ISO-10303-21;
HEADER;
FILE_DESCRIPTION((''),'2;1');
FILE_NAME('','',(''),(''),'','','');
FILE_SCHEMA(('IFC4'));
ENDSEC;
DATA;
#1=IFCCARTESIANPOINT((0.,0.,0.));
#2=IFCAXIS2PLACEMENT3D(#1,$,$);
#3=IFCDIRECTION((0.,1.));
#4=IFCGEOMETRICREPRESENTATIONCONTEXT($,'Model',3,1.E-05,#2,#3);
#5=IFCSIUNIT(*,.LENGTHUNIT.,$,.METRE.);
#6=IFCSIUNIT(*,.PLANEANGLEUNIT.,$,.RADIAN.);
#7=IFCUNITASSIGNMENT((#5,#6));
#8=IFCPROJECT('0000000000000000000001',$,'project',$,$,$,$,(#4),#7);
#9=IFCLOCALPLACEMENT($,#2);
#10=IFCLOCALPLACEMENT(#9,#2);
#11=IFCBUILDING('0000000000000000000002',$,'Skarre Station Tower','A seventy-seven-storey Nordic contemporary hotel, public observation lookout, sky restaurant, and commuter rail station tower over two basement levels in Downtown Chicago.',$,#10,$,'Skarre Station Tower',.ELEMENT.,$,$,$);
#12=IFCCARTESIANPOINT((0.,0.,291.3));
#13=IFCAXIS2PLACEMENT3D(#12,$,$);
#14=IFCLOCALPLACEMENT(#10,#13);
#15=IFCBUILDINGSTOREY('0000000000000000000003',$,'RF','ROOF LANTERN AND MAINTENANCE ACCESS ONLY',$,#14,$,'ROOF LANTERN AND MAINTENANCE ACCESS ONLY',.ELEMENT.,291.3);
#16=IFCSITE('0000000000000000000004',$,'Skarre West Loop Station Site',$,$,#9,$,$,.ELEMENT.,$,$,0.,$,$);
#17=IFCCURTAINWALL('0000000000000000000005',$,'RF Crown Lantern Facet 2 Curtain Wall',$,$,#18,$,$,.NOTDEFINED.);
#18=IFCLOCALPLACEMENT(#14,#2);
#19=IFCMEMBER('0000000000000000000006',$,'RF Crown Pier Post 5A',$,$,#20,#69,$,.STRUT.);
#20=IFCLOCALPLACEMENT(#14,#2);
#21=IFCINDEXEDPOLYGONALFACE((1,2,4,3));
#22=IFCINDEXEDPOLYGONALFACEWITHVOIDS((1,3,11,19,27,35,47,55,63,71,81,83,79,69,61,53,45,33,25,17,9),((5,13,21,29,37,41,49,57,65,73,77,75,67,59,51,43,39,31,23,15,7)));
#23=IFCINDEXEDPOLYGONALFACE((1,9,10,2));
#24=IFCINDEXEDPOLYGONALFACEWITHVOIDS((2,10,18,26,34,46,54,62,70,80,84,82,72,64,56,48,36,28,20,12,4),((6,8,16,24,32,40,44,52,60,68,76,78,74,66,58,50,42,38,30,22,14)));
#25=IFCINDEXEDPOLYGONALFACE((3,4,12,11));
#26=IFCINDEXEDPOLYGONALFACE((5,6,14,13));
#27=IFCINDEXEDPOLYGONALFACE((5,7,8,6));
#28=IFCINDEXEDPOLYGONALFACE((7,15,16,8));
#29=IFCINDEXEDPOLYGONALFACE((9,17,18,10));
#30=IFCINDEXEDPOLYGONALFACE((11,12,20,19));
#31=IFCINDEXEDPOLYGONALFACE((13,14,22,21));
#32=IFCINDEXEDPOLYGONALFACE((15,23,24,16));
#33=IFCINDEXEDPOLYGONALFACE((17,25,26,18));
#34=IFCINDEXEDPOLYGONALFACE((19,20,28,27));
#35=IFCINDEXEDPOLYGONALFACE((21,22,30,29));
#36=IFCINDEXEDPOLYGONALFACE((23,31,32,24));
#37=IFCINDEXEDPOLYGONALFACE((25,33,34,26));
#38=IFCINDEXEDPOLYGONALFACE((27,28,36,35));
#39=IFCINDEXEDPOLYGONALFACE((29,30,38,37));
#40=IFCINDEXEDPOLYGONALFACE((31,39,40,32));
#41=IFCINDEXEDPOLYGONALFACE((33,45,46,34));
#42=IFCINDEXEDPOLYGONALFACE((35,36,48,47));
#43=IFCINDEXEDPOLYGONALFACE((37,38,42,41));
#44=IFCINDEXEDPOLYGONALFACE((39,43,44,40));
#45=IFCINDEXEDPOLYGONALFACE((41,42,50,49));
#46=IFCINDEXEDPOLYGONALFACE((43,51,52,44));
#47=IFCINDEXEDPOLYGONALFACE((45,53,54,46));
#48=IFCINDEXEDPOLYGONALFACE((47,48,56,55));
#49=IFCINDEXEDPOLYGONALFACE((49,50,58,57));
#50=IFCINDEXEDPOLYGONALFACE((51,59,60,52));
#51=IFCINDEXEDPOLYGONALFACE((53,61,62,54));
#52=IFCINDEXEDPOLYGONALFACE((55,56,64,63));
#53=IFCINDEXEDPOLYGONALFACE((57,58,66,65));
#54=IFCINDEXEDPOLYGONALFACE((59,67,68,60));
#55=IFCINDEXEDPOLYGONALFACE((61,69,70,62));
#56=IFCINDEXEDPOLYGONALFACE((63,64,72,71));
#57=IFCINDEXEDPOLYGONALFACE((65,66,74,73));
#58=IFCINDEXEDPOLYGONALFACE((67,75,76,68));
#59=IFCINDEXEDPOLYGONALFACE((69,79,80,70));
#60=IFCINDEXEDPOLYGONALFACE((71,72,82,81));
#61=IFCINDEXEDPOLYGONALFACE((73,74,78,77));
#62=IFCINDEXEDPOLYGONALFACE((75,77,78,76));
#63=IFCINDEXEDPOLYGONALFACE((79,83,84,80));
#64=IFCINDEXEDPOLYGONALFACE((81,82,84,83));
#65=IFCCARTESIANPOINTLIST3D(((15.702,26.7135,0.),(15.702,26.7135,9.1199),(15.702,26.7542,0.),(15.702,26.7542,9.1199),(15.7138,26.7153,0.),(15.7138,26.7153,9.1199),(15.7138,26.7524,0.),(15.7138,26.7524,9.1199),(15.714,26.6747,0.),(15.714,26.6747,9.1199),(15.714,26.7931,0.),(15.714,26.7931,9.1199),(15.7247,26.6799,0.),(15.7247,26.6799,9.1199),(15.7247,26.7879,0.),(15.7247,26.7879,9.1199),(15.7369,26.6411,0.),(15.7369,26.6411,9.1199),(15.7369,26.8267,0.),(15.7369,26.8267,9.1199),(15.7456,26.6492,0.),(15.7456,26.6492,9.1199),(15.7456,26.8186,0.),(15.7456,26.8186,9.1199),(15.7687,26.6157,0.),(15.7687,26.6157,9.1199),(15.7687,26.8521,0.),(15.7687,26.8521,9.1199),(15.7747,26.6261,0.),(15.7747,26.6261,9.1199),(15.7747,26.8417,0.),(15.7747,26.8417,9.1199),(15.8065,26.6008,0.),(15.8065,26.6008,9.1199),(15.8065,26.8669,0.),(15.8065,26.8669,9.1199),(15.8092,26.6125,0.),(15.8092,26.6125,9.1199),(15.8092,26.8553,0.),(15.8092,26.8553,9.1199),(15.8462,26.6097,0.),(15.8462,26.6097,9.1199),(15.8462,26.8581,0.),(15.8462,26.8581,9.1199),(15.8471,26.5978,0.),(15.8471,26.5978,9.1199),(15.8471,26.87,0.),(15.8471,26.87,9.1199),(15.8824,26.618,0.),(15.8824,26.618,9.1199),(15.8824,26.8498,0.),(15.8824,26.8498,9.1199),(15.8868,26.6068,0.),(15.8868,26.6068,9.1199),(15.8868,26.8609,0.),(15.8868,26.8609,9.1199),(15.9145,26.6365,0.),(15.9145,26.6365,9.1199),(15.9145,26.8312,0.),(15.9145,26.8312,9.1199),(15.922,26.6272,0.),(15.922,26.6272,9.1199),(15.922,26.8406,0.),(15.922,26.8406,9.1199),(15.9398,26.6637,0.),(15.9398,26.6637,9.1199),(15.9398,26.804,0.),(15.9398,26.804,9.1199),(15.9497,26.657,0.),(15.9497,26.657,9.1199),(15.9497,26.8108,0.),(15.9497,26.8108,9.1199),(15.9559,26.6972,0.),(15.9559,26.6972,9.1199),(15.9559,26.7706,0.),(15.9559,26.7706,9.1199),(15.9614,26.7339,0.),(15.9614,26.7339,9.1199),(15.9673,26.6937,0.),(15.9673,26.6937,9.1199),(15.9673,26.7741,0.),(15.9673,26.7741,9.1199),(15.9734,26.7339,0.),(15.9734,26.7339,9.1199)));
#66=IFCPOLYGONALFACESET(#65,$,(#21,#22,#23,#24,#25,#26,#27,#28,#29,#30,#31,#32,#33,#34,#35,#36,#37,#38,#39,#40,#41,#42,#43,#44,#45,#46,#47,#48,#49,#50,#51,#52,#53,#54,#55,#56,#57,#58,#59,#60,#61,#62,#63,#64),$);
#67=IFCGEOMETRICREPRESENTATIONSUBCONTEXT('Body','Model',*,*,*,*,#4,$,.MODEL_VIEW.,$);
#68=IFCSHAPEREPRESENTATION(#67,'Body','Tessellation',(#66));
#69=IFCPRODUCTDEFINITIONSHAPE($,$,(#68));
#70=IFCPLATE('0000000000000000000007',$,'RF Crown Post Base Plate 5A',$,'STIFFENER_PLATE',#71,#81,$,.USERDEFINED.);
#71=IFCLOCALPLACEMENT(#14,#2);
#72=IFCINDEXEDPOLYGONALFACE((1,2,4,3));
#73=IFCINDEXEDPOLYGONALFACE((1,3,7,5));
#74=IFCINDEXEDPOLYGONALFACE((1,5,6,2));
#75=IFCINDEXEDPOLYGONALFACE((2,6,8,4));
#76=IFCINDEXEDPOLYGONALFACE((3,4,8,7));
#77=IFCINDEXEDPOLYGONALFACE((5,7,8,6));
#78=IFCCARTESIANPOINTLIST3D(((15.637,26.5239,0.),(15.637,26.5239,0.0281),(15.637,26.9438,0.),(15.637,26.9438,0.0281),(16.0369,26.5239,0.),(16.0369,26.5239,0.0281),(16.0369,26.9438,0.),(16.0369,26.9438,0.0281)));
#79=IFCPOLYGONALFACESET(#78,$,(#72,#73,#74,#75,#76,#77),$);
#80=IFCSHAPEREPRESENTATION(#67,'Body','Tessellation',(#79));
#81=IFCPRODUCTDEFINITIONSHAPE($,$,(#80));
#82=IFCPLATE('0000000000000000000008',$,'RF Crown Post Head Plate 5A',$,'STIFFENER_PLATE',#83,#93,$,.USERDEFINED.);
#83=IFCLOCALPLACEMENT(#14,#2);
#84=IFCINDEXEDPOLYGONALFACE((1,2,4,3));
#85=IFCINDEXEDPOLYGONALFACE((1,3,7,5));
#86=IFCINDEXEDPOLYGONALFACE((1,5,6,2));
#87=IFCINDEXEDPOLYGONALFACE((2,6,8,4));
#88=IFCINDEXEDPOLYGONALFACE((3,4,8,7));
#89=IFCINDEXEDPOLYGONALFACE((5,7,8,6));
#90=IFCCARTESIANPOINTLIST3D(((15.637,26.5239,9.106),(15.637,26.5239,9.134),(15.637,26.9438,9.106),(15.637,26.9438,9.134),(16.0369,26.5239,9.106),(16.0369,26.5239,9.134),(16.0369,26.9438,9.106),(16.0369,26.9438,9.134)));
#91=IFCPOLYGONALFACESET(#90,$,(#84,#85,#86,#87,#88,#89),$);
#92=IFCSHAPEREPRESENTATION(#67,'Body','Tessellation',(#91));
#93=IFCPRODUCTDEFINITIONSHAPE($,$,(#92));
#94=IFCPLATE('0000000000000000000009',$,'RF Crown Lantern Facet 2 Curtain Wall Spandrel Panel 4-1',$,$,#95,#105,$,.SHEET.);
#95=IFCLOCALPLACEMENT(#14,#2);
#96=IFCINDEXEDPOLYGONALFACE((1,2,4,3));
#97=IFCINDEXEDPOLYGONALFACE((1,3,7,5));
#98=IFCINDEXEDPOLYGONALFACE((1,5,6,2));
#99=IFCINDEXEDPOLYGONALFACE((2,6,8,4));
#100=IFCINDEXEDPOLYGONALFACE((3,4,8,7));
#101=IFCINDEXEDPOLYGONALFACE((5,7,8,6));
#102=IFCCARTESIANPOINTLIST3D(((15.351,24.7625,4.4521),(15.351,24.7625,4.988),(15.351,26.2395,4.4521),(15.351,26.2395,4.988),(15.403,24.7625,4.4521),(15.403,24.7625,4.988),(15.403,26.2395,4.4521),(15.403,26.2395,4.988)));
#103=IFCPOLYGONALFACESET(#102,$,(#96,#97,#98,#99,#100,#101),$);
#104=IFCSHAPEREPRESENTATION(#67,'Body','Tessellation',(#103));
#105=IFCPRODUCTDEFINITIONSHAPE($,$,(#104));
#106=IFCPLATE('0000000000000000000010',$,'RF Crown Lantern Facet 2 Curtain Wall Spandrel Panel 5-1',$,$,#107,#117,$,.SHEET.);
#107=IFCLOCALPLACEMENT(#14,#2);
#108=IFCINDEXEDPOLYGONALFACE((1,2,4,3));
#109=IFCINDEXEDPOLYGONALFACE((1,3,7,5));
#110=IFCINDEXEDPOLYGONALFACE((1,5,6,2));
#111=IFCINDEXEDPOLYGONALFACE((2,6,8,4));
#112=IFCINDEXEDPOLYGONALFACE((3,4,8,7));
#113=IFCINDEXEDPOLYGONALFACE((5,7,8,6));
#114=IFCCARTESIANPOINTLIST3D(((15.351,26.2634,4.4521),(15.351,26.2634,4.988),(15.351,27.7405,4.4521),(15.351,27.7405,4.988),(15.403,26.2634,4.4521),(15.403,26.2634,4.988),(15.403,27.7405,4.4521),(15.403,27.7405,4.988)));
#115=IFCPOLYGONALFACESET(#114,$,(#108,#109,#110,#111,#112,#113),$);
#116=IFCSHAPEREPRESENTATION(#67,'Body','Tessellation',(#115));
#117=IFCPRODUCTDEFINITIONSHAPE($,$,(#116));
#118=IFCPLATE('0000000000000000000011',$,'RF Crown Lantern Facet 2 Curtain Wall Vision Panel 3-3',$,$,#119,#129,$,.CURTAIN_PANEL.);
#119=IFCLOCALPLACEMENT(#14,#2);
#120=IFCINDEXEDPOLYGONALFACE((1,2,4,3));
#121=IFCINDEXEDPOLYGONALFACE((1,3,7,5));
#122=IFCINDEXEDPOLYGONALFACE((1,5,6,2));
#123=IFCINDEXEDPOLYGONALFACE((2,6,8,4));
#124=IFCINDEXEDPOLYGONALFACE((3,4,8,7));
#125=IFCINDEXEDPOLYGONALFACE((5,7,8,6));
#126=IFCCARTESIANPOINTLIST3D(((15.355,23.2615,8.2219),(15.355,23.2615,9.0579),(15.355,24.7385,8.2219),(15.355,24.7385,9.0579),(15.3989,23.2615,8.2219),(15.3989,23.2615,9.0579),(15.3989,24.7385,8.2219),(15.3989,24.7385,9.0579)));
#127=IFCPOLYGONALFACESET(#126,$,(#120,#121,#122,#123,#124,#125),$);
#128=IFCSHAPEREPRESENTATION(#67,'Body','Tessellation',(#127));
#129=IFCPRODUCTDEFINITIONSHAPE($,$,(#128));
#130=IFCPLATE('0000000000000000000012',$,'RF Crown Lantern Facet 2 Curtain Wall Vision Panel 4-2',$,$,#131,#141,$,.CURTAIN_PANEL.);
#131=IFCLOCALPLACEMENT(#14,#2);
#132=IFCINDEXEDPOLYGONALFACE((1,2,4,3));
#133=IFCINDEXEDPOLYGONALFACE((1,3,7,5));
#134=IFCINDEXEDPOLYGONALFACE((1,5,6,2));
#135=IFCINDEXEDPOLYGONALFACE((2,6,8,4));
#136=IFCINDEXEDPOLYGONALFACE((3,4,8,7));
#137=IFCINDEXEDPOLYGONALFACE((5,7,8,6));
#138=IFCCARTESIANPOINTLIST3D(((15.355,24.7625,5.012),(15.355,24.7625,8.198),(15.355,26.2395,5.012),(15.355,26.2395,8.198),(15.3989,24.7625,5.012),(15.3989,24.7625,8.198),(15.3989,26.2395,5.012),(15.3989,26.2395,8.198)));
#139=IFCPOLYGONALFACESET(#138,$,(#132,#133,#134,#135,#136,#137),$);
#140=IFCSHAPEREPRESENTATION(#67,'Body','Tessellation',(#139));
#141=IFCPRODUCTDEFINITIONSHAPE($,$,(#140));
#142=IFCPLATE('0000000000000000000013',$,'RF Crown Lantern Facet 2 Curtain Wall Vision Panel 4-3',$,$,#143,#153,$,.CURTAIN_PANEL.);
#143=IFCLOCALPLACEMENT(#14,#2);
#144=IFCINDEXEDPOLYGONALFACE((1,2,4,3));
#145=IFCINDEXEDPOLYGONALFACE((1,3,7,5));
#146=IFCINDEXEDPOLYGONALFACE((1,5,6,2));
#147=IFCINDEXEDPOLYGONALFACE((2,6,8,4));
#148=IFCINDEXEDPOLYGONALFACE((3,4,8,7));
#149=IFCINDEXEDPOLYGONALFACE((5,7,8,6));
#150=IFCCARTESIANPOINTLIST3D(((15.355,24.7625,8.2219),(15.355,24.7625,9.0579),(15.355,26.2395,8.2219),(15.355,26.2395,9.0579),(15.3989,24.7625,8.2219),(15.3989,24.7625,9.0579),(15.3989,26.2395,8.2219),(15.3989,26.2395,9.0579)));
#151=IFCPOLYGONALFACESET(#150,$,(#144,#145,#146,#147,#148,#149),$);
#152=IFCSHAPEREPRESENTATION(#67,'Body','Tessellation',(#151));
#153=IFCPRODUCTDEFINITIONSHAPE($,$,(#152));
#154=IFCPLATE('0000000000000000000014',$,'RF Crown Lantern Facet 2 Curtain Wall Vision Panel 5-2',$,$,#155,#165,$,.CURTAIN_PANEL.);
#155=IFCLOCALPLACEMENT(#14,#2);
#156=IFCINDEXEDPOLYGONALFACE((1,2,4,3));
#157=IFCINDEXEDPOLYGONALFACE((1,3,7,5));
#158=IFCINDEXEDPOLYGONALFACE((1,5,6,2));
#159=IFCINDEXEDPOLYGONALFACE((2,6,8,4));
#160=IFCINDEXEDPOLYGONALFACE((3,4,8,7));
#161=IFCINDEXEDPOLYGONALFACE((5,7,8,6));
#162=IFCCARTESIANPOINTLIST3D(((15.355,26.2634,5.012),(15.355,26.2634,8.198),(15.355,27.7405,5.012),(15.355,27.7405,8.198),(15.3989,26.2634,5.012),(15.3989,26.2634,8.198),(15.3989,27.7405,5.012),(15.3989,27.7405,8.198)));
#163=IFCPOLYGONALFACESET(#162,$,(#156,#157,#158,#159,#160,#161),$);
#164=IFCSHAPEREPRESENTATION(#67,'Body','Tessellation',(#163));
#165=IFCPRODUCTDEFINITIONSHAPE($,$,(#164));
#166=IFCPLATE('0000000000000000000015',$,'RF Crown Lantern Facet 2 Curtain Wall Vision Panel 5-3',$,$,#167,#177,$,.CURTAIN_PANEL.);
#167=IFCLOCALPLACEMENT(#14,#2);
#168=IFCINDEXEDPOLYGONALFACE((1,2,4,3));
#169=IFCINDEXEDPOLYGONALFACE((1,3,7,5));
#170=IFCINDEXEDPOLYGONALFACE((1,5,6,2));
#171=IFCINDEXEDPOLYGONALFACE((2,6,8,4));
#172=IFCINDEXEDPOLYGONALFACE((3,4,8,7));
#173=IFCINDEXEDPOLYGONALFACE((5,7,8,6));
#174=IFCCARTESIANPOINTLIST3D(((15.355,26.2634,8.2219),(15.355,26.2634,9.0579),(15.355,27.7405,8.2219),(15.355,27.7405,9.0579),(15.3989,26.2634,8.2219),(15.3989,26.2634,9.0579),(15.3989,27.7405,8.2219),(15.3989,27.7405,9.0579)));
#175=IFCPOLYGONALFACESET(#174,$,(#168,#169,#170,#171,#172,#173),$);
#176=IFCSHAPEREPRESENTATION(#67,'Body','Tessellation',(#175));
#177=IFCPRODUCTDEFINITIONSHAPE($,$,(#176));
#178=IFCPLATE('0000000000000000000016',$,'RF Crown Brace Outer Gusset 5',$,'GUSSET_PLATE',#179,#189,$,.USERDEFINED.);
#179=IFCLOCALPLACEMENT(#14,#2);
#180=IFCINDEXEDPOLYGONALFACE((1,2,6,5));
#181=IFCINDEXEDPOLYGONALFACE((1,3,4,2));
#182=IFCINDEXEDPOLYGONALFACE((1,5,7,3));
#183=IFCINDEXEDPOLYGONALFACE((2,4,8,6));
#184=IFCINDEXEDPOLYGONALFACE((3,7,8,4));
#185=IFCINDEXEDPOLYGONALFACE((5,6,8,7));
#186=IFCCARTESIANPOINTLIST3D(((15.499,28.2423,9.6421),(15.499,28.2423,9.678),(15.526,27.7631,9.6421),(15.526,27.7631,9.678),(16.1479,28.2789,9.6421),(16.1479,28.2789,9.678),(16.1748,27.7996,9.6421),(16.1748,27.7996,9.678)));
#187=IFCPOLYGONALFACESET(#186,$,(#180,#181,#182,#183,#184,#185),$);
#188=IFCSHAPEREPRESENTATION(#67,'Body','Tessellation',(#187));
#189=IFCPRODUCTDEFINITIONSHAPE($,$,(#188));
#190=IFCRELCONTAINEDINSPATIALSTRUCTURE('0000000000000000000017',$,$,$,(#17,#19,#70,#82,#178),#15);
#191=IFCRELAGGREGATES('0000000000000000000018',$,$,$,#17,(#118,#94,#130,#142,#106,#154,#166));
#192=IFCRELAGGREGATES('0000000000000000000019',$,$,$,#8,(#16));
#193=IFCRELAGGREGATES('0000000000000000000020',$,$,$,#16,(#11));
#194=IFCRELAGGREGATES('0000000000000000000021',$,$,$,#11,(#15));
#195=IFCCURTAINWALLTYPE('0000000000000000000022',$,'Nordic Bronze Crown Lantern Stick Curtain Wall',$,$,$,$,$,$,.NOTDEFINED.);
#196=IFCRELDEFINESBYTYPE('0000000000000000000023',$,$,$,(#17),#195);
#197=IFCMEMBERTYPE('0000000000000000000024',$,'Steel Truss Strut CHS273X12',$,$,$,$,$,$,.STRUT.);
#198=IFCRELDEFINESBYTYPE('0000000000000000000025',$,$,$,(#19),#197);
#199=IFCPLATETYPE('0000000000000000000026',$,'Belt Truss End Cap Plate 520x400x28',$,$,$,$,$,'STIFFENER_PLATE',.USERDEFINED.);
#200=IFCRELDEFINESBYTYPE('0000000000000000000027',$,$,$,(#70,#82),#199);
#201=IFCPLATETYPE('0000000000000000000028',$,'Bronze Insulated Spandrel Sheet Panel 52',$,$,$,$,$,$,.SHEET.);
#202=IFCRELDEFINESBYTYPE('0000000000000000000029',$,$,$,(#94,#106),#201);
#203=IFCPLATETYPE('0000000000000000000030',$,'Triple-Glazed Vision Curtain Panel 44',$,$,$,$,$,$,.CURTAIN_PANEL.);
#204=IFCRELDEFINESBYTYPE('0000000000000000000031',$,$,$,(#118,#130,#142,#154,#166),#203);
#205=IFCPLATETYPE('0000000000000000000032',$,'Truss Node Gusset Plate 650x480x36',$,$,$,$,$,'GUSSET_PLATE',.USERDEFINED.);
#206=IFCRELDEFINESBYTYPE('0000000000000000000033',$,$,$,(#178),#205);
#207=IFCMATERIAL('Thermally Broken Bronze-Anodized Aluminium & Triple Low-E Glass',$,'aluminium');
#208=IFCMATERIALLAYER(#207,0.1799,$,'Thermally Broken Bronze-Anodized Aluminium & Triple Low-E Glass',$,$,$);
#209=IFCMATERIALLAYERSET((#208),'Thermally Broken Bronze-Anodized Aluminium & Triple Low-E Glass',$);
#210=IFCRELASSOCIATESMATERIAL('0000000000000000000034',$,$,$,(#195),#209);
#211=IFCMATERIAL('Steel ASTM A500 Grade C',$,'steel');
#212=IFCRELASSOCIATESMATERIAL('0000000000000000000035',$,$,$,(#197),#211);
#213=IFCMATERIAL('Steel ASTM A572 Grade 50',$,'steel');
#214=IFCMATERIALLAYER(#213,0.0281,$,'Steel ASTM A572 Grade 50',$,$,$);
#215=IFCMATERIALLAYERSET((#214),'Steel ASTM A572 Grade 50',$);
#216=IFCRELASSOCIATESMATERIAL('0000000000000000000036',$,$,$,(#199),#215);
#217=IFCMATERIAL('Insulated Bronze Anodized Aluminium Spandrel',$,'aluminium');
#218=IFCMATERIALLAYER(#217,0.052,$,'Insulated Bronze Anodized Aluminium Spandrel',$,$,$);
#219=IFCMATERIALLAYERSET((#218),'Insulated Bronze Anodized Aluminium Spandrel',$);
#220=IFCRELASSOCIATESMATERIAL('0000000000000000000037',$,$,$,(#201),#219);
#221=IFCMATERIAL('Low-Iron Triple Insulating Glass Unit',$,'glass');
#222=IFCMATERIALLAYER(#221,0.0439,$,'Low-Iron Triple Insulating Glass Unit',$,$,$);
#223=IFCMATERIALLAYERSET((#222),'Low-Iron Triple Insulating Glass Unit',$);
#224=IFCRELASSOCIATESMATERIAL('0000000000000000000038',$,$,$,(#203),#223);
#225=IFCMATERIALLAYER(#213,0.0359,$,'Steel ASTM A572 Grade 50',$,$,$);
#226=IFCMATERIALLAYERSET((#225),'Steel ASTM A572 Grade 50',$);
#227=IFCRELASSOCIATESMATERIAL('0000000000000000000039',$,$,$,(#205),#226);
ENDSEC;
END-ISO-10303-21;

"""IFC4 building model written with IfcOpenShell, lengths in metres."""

from ifc_helpers import new_model, si_unit, direction, frame, origin, origin_2d, place, context, subcontext, project, spatial, rectangle, hollow_circle, extrude, material, layer, layer_set, material_profile, profile_set, type_object, element, aggregate, save


model = new_model("IFC4")

# Units and contexts
model_context = context("Model", 3, precision=1e-05, world=origin(), true_north=direction((0.0, 1.0)))
body_context = subcontext(model_context, "Body", "Model", "MODEL_VIEW")
ifc_project = project(units=[si_unit("LENGTHUNIT", "METRE"), si_unit("PLANEANGLEUNIT", "RADIAN")], contexts=[model_context])

# Site, building, storey
site_placement = place(None, origin())
site = spatial("IfcSite", under=ifc_project, at=site_placement, Name="Skarre West Loop Station Site", CompositionType="ELEMENT", RefElevation=0.0)
building_placement = place(site_placement, origin())
building = spatial("IfcBuilding", under=site, at=building_placement, Name="Skarre Station Tower", Description="A seventy-seven-storey Nordic contemporary hotel, public observation lookout, sky restaurant, and commuter rail station tower over two basement levels in Downtown Chicago.", LongName="Skarre Station Tower", CompositionType="ELEMENT")
storey_placement = place(building_placement, frame((0.0, 0.0, 291.3)))
storey = spatial("IfcBuildingStorey", under=building, at=storey_placement, Name="RF", Description="ROOF LANTERN AND MAINTENANCE ACCESS ONLY", LongName="ROOF LANTERN AND MAINTENANCE ACCESS ONLY", CompositionType="ELEMENT", Elevation=291.3)

# Curtain wall
ifc_material_1 = material(Name="Thermally Broken Bronze-Anodized Aluminium & Triple Low-E Glass", Category="aluminium")
ifc_layer_1 = layer(ifc_material_1, 0.1799, Name="Thermally Broken Bronze-Anodized Aluminium & Triple Low-E Glass")
ifc_layer_set_1 = layer_set([ifc_layer_1], Name="Thermally Broken Bronze-Anodized Aluminium & Triple Low-E Glass")
curtain_wall_type = type_object("IfcCurtainWallType", Name="Nordic Bronze Crown Lantern Stick Curtain Wall", PredefinedType="NOTDEFINED", material=ifc_layer_set_1)
curtain_wall_placement = place(storey_placement, origin())
curtain_wall = element("IfcCurtainWall", 1, at=curtain_wall_placement, inside=storey, type_object=curtain_wall_type, Name="RF Crown Lantern Facet 2 Curtain Wall", PredefinedType="NOTDEFINED")

# Member
ifc_material_2 = material(Name="Steel ASTM A500 Grade C", Category="steel")
ifc_material_profile_1 = material_profile(ifc_material_2, hollow_circle(Radius=0.1365, WallThickness=0.012, at=origin_2d()), Name="Steel ASTM A500 Grade C")
ifc_profile_set_1 = profile_set([ifc_material_profile_1], Name="Steel ASTM A500 Grade C")
member_type_1 = type_object("IfcMemberType", Name="Steel Truss Strut CHS273X12", PredefinedType="STRUT", material=ifc_profile_set_1)
member_1_placement = place(storey_placement, frame((15.8369, 26.7339, 0.0), z_axis=(0.0, 0.0, 1.0), x_axis=(1.0, 0.0, 0.0)))
element("IfcMember", 2, at=member_1_placement, inside=storey, type_object=member_type_1, Name="RF Crown Pier Post 5A", PredefinedType="STRUT", context=body_context, shape_type="SweptSolid", body=[
    extrude(hollow_circle(Radius=0.1365, WallThickness=0.012, at=origin_2d()), origin(), (0.0, 0.0, 1.0), 9.1199),
])

# Plates
ifc_material_3 = material(Name="Steel ASTM A572 Grade 50", Category="steel")
ifc_layer_2 = layer(ifc_material_3, 0.0281, Name="Steel ASTM A572 Grade 50")
ifc_layer_set_2 = layer_set([ifc_layer_2], Name="Steel ASTM A572 Grade 50")
plate_type_1 = type_object("IfcPlateType", Name="Belt Truss End Cap Plate 520x400x28", ElementType="STIFFENER_PLATE", PredefinedType="USERDEFINED", material=ifc_layer_set_2)
for number, where, z_axis, x_axis, name in (
    (3, (15.8369, 26.7339, 0.0), (0.0, 0.0, 1.0), (0.0, -1.0, 0.0), "RF Crown Post Base Plate 5A"),
    (4, (15.8369, 26.7339, 9.106), (0.0, 0.0, 1.0), (0.0, -1.0, 0.0), "RF Crown Post Head Plate 5A"),
):
    element("IfcPlate", number, at=place(storey_placement, frame(where, z_axis=z_axis, x_axis=x_axis)), inside=storey, type_object=plate_type_1, Name=name, ObjectType="STIFFENER_PLATE", PredefinedType="USERDEFINED", context=body_context, shape_type="SweptSolid", body=[
        extrude(rectangle(XDim=0.4199, YDim=0.3999, at=origin_2d()), origin(), (0.0, 0.0, 1.0), 0.0281),
    ])

# Plates
ifc_material_4 = material(Name="Insulated Bronze Anodized Aluminium Spandrel", Category="aluminium")
ifc_layer_3 = layer(ifc_material_4, 0.052, Name="Insulated Bronze Anodized Aluminium Spandrel")
ifc_layer_set_3 = layer_set([ifc_layer_3], Name="Insulated Bronze Anodized Aluminium Spandrel")
plate_type_2 = type_object("IfcPlateType", Name="Bronze Insulated Spandrel Sheet Panel 52", PredefinedType="SHEET", material=ifc_layer_set_3)
plate_1_placement = place(storey_placement, frame((15.377, 25.501, 4.4521), z_axis=(0.0, 0.0, 1.0), x_axis=(0.0, 1.0, 0.0)))
plate_1 = element("IfcPlate", 5, at=plate_1_placement, type_object=plate_type_2, Name="RF Crown Lantern Facet 2 Curtain Wall Spandrel Panel 4-1", PredefinedType="SHEET", context=body_context, shape_type="SweptSolid", body=[
    extrude(rectangle(XDim=1.4771, YDim=0.052, at=origin_2d()), origin(), (0.0, 0.0, 1.0), 0.5359),
])
plate_2_placement = place(storey_placement, frame((15.377, 27.002, 4.4521), z_axis=(0.0, 0.0, 1.0), x_axis=(0.0, 1.0, 0.0)))
plate_2 = element("IfcPlate", 6, at=plate_2_placement, type_object=plate_type_2, Name="RF Crown Lantern Facet 2 Curtain Wall Spandrel Panel 5-1", PredefinedType="SHEET", context=body_context, shape_type="SweptSolid", body=[
    extrude(rectangle(XDim=1.4771, YDim=0.052, at=origin_2d()), origin(), (0.0, 0.0, 1.0), 0.5359),
])
ifc_material_5 = material(Name="Low-Iron Triple Insulating Glass Unit", Category="glass")
ifc_layer_4 = layer(ifc_material_5, 0.0439, Name="Low-Iron Triple Insulating Glass Unit")
ifc_layer_set_4 = layer_set([ifc_layer_4], Name="Low-Iron Triple Insulating Glass Unit")
plate_type_3 = type_object("IfcPlateType", Name="Triple-Glazed Vision Curtain Panel 44", PredefinedType="CURTAIN_PANEL", material=ifc_layer_set_4)
plate_3_placement = place(storey_placement, frame((15.377, 24.0, 8.2219), z_axis=(0.0, 0.0, 1.0), x_axis=(0.0, 1.0, 0.0)))
plate_3 = element("IfcPlate", 7, at=plate_3_placement, type_object=plate_type_3, Name="RF Crown Lantern Facet 2 Curtain Wall Vision Panel 3-3", PredefinedType="CURTAIN_PANEL", context=body_context, shape_type="SweptSolid", body=[
    extrude(rectangle(XDim=1.4771, YDim=0.0439, at=origin_2d()), origin(), (0.0, 0.0, 1.0), 0.8359),
])
plate_4_placement = place(storey_placement, frame((15.377, 25.501, 5.012), z_axis=(0.0, 0.0, 1.0), x_axis=(0.0, 1.0, 0.0)))
plate_4 = element("IfcPlate", 8, at=plate_4_placement, type_object=plate_type_3, Name="RF Crown Lantern Facet 2 Curtain Wall Vision Panel 4-2", PredefinedType="CURTAIN_PANEL", context=body_context, shape_type="SweptSolid", body=[
    extrude(rectangle(XDim=1.4771, YDim=0.0439, at=origin_2d()), origin(), (0.0, 0.0, 1.0), 3.186),
])
plate_5_placement = place(storey_placement, frame((15.377, 25.501, 8.2219), z_axis=(0.0, 0.0, 1.0), x_axis=(0.0, 1.0, 0.0)))
plate_5 = element("IfcPlate", 9, at=plate_5_placement, type_object=plate_type_3, Name="RF Crown Lantern Facet 2 Curtain Wall Vision Panel 4-3", PredefinedType="CURTAIN_PANEL", context=body_context, shape_type="SweptSolid", body=[
    extrude(rectangle(XDim=1.4771, YDim=0.0439, at=origin_2d()), origin(), (0.0, 0.0, 1.0), 0.8359),
])
plate_6_placement = place(storey_placement, frame((15.377, 27.002, 5.012), z_axis=(0.0, 0.0, 1.0), x_axis=(0.0, 1.0, 0.0)))
plate_6 = element("IfcPlate", 10, at=plate_6_placement, type_object=plate_type_3, Name="RF Crown Lantern Facet 2 Curtain Wall Vision Panel 5-2", PredefinedType="CURTAIN_PANEL", context=body_context, shape_type="SweptSolid", body=[
    extrude(rectangle(XDim=1.4771, YDim=0.0439, at=origin_2d()), origin(), (0.0, 0.0, 1.0), 3.186),
])
plate_7_placement = place(storey_placement, frame((15.377, 27.002, 8.2219), z_axis=(0.0, 0.0, 1.0), x_axis=(0.0, 1.0, 0.0)))
plate_7 = element("IfcPlate", 11, at=plate_7_placement, type_object=plate_type_3, Name="RF Crown Lantern Facet 2 Curtain Wall Vision Panel 5-3", PredefinedType="CURTAIN_PANEL", context=body_context, shape_type="SweptSolid", body=[
    extrude(rectangle(XDim=1.4771, YDim=0.0439, at=origin_2d()), origin(), (0.0, 0.0, 1.0), 0.8359),
])
aggregate(curtain_wall, [plate_3, plate_1, plate_4, plate_5, plate_2, plate_6, plate_7])
ifc_layer_5 = layer(ifc_material_3, 0.0359, Name="Steel ASTM A572 Grade 50")
ifc_layer_set_5 = layer_set([ifc_layer_5], Name="Steel ASTM A572 Grade 50")
plate_type_4 = type_object("IfcPlateType", Name="Truss Node Gusset Plate 650x480x36", ElementType="GUSSET_PLATE", PredefinedType="USERDEFINED", material=ifc_layer_set_5)
plate_8_placement = place(storey_placement, frame((15.8369, 28.021, 9.6421), z_axis=(0.0, 0.0, 1.0), x_axis=(0.99842, 0.056187, 0.0)))
element("IfcPlate", 12, at=plate_8_placement, inside=storey, type_object=plate_type_4, Name="RF Crown Brace Outer Gusset 5", ObjectType="GUSSET_PLATE", PredefinedType="USERDEFINED", context=body_context, shape_type="SweptSolid", body=[
    extrude(rectangle(XDim=0.6499, YDim=0.48, at=origin_2d()), origin(), (0.0, 0.0, 1.0), 0.0359),
])

save(model, "model.ifc")
